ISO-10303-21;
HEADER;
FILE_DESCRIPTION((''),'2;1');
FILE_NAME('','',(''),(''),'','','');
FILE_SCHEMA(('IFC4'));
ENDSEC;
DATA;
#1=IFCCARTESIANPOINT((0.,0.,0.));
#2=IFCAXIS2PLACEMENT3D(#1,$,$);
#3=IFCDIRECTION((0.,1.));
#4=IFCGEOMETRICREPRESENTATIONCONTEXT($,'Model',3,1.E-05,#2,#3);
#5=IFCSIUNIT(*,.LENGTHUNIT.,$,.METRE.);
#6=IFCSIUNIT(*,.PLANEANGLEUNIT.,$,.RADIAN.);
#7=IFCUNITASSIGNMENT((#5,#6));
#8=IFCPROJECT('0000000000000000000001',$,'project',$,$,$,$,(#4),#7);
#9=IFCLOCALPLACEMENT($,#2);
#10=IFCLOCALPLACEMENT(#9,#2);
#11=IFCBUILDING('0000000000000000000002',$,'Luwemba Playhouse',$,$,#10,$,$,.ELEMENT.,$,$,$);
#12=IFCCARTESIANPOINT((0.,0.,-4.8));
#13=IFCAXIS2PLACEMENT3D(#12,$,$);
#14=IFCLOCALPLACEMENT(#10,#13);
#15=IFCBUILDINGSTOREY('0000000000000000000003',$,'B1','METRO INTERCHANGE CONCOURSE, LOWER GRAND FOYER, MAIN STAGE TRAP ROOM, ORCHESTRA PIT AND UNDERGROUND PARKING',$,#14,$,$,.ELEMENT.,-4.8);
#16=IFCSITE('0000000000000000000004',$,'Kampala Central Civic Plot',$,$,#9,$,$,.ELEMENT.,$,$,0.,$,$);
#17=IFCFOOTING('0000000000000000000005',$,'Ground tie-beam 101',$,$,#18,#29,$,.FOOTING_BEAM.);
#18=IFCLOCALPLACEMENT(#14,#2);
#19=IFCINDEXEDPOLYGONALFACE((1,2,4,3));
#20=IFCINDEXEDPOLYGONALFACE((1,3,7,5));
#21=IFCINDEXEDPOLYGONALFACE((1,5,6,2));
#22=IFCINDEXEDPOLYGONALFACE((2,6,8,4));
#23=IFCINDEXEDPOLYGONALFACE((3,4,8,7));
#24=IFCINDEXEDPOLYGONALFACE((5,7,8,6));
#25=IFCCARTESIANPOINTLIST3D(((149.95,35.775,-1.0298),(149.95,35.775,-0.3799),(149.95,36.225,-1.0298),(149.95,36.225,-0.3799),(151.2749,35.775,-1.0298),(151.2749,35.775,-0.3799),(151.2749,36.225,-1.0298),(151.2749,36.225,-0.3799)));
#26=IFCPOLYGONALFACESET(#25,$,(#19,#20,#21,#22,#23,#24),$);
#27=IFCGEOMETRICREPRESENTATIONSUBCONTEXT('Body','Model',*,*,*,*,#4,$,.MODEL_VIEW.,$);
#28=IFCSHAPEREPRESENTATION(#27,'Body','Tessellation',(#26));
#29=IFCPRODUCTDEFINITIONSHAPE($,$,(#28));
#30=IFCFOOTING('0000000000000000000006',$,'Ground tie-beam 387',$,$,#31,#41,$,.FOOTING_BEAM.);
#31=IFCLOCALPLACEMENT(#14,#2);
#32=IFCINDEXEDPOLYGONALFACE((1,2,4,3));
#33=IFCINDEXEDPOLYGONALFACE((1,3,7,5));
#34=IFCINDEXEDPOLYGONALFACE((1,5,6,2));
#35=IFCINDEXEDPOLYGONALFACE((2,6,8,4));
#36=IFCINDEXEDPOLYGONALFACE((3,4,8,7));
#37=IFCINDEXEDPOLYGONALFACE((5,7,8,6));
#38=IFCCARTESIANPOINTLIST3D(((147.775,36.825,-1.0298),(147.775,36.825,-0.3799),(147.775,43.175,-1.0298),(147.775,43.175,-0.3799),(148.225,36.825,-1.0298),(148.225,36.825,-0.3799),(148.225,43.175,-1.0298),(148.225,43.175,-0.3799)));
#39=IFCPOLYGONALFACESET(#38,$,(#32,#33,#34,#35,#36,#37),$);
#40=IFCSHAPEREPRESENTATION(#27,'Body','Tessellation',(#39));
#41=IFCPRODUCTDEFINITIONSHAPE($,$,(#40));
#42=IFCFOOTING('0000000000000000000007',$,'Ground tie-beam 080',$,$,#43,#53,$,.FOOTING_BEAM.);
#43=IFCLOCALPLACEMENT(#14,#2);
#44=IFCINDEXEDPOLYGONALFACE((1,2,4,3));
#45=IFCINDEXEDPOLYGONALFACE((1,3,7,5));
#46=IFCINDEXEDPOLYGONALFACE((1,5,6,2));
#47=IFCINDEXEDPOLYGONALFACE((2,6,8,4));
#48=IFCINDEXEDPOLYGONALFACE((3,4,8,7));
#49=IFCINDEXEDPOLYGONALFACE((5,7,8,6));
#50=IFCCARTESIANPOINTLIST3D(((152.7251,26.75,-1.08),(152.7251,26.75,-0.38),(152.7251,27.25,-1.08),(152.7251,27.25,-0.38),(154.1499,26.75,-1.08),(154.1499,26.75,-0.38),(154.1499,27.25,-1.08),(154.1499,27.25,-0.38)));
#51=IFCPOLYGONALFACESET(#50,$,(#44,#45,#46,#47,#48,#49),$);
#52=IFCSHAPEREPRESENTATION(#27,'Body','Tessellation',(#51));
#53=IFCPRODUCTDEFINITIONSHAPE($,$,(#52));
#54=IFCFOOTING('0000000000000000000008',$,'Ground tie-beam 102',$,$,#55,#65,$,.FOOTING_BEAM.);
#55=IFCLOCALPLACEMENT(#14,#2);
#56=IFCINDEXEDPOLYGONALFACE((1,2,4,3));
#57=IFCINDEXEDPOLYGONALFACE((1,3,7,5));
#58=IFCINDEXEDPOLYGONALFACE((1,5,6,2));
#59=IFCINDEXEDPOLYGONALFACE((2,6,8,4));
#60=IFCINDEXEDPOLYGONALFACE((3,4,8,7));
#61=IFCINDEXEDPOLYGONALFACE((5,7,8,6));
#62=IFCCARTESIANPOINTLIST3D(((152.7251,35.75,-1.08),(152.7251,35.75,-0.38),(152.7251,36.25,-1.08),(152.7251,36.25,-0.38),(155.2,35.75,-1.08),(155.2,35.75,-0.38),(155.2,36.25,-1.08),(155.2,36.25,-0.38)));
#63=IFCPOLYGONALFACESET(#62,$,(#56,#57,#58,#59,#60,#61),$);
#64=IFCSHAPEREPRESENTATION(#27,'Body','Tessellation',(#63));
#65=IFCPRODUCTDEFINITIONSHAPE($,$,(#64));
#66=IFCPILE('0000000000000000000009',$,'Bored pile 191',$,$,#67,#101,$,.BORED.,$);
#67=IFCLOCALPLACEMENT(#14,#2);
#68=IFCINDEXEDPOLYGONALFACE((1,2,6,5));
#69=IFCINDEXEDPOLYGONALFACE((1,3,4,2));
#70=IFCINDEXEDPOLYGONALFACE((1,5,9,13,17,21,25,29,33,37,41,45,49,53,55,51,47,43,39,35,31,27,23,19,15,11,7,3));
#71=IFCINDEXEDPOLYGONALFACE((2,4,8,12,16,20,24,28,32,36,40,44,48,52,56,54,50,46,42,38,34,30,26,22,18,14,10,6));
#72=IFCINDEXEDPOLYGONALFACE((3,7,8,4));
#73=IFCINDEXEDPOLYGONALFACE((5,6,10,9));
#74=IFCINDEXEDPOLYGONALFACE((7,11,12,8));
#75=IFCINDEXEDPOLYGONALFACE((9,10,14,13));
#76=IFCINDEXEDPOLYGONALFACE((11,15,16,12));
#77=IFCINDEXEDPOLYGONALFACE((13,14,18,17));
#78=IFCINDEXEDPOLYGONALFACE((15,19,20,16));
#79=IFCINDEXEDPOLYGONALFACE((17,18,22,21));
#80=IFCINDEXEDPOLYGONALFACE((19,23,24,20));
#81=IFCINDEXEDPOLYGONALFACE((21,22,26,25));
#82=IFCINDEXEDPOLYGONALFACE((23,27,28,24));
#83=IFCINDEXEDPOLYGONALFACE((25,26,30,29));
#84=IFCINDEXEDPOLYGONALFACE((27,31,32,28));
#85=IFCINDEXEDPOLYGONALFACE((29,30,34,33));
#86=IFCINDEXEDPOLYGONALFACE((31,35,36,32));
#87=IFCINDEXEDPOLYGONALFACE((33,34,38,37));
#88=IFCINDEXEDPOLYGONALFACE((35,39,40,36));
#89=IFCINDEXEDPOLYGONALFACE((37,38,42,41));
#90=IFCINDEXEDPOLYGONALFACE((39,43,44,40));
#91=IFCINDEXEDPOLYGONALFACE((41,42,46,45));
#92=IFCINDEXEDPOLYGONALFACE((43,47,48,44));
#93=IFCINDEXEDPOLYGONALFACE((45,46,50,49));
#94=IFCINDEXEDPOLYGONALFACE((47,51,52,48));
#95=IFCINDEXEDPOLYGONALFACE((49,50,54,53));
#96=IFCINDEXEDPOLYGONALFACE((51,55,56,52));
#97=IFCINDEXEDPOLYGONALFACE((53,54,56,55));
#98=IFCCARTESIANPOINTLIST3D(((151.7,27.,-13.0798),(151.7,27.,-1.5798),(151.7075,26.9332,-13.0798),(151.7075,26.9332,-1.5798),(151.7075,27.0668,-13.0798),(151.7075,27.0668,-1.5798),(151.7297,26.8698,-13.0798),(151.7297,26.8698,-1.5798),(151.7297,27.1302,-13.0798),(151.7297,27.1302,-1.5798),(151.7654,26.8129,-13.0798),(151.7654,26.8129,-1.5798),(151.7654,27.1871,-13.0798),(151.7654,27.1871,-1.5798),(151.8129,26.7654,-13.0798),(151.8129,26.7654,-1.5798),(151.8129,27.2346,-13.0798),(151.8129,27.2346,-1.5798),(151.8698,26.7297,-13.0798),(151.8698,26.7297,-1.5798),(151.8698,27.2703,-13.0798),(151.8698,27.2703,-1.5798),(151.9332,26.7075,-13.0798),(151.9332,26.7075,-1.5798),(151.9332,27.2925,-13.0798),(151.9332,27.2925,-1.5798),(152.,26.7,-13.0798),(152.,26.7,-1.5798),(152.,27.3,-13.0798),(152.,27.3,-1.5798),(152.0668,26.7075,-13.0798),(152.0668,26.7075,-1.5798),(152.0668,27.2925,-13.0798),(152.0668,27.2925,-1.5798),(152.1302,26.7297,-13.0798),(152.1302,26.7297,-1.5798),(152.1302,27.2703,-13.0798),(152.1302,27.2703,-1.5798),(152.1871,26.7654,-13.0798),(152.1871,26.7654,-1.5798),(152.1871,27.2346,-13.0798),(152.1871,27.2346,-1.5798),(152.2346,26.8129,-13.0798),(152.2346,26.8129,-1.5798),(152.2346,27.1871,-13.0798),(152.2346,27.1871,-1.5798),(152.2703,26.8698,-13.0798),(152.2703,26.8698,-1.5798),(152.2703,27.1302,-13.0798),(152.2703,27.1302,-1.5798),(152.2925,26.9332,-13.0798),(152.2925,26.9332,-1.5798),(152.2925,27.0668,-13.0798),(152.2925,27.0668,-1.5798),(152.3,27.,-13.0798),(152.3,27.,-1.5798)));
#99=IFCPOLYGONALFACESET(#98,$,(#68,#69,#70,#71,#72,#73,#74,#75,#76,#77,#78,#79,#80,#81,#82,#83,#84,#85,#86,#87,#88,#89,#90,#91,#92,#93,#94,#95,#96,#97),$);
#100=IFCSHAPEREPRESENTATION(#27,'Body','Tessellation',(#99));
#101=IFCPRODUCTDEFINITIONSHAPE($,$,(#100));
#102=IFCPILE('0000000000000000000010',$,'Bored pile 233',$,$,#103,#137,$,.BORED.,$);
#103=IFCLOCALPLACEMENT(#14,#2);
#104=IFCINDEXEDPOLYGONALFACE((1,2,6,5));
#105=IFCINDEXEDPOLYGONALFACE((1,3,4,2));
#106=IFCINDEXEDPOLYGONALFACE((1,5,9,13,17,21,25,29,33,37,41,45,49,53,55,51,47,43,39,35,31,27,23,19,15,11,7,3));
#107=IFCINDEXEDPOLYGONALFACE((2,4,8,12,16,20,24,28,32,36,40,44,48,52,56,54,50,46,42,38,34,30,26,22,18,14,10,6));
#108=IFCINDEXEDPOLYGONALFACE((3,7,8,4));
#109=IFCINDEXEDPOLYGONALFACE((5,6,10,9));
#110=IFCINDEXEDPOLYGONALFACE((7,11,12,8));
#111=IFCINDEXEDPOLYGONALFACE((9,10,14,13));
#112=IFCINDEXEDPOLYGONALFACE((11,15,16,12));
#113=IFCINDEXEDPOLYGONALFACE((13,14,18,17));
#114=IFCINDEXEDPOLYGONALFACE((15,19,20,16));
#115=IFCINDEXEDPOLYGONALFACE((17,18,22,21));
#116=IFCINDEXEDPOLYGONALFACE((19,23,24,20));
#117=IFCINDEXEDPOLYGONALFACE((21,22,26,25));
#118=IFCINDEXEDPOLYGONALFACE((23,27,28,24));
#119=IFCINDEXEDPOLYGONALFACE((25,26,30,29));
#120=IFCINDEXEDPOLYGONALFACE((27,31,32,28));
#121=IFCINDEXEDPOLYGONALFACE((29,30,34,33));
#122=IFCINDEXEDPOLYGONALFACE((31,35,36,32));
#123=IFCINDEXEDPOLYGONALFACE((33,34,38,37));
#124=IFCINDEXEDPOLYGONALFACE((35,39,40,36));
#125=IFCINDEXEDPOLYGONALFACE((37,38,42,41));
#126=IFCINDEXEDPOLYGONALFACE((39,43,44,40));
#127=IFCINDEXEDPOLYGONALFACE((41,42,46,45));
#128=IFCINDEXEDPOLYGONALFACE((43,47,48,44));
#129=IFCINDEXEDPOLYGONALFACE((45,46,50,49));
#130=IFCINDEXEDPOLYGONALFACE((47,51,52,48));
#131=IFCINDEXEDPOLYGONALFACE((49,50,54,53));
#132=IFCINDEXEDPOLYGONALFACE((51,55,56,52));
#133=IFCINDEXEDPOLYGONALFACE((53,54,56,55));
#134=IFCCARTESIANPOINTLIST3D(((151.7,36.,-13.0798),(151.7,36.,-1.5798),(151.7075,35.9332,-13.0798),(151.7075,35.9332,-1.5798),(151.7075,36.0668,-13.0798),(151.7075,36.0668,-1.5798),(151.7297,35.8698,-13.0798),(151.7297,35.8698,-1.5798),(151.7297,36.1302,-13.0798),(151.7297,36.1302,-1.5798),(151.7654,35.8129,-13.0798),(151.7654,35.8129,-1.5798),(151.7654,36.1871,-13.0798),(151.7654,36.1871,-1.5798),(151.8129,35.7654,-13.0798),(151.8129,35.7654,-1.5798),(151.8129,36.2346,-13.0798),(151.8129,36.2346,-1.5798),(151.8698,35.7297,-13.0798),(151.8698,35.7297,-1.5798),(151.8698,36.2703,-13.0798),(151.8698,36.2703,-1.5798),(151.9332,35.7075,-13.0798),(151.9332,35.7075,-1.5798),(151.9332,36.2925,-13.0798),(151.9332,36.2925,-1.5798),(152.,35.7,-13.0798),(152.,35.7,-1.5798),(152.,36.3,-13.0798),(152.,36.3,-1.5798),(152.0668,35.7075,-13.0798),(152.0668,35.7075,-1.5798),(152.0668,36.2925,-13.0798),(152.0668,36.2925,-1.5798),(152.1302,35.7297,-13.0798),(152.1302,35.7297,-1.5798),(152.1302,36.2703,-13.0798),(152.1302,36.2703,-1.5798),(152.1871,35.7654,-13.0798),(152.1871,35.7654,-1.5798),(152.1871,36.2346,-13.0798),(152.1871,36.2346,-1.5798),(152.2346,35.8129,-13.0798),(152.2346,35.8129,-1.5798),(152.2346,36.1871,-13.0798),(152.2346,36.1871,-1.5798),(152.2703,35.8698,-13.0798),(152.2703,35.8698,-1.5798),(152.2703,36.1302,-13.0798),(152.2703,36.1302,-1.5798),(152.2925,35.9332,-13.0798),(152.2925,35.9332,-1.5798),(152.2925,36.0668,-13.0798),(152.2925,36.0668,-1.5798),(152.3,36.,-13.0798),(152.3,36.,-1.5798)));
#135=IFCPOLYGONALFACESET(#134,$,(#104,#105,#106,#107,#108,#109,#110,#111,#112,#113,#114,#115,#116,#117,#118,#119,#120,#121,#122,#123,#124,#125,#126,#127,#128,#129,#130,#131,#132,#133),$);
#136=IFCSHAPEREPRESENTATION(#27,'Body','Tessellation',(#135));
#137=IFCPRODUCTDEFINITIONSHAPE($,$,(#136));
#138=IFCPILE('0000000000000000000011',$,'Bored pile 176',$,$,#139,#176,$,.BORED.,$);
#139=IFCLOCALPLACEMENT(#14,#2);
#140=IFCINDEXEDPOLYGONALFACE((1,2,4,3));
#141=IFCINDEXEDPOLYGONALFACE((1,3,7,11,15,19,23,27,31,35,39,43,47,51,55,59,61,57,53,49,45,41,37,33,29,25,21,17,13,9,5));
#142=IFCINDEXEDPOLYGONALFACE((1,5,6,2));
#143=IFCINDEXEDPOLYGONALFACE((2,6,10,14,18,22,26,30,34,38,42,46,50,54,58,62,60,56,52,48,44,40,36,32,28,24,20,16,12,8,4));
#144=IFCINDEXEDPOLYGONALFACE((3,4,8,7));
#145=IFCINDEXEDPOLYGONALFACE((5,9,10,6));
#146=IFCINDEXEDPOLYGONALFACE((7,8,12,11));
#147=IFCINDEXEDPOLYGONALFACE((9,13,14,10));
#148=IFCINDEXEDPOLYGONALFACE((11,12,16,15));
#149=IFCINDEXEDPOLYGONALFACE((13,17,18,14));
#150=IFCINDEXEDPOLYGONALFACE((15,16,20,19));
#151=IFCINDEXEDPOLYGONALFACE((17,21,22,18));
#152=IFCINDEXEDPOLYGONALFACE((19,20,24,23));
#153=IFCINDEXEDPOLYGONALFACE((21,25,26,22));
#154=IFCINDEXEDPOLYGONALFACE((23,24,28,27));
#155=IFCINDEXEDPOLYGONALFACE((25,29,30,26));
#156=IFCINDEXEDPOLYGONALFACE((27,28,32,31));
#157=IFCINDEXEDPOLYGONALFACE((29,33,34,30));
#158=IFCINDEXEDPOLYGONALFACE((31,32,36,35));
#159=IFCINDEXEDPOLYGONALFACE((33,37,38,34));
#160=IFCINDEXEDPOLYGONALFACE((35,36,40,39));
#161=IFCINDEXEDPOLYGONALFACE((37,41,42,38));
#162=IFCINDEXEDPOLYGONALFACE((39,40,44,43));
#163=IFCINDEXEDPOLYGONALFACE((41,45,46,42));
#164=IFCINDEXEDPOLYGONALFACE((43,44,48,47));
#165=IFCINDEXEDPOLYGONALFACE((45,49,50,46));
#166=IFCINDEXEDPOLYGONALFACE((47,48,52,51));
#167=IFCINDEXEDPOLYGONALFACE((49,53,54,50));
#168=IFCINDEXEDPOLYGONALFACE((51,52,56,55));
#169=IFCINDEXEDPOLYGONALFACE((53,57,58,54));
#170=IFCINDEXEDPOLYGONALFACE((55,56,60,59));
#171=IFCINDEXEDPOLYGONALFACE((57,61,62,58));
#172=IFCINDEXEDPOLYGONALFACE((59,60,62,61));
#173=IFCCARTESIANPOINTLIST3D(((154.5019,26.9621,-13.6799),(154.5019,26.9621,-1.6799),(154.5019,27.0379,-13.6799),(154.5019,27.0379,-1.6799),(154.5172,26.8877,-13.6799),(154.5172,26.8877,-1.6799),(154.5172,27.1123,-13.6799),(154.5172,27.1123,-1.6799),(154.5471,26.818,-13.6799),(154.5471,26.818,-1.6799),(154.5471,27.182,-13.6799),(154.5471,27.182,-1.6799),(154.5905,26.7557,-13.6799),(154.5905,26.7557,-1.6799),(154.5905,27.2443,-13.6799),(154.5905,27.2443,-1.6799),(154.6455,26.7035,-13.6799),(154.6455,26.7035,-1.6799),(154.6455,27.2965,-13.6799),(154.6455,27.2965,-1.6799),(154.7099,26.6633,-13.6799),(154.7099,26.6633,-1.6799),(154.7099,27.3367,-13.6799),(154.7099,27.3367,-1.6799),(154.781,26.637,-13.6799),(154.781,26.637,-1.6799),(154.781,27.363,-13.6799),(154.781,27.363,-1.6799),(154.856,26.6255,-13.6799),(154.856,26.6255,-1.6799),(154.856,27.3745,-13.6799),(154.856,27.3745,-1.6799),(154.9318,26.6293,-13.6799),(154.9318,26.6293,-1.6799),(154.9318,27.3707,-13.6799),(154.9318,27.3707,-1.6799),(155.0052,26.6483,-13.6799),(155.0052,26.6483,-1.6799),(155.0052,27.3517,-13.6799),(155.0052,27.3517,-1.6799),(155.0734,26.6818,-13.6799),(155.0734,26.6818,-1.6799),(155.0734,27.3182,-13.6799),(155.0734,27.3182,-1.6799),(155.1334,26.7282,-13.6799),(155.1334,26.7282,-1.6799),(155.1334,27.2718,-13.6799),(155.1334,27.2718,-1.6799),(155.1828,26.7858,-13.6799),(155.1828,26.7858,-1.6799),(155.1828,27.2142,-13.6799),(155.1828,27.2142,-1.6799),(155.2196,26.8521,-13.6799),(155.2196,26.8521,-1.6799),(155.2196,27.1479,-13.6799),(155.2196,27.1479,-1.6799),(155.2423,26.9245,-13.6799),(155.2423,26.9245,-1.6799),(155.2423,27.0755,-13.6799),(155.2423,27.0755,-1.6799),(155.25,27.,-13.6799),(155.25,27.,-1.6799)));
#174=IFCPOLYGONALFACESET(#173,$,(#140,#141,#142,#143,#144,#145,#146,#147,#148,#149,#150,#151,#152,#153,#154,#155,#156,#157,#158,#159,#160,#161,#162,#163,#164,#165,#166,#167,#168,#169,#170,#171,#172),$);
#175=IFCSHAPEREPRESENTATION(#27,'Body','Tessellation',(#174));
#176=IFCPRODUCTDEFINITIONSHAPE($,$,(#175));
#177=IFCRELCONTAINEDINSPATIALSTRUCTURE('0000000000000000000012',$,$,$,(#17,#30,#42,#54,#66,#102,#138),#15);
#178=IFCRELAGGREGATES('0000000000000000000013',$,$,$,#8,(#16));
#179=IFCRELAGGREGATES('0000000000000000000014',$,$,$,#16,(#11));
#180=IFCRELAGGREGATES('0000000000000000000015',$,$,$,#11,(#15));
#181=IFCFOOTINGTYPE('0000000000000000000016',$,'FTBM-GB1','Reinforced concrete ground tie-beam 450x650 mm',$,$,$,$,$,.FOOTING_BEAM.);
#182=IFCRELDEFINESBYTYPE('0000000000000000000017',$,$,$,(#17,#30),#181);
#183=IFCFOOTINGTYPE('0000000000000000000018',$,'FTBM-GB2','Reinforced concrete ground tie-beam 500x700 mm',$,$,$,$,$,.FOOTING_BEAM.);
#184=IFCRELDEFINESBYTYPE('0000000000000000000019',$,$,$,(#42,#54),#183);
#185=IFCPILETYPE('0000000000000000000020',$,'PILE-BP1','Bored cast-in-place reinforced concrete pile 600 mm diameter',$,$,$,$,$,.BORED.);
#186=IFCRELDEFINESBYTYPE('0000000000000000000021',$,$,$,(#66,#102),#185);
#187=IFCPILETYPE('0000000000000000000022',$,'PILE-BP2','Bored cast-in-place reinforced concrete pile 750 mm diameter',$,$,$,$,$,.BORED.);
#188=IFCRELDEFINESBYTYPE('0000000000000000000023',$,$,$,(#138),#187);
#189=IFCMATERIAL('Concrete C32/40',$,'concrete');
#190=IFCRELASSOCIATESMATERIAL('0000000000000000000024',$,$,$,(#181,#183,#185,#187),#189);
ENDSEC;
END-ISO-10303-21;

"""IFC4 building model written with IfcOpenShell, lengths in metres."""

from ifc_helpers import new_model, si_unit, direction, frame, origin, origin_2d, place, context, subcontext, project, spatial, rectangle, circle, extrude, material, material_profile, profile_set, type_object, element, save


model = new_model("IFC4")

# Units and contexts
model_context = context("Model", 3, precision=1e-05, world=origin(), true_north=direction((0.0, 1.0)))
body_context = subcontext(model_context, "Body", "Model", "MODEL_VIEW")
ifc_project = project(units=[si_unit("LENGTHUNIT", "METRE"), si_unit("PLANEANGLEUNIT", "RADIAN")], contexts=[model_context])

# Site, building, storey
site_placement = place(None, origin())
site = spatial("IfcSite", under=ifc_project, at=site_placement, Name="Kampala Central Civic Plot", CompositionType="ELEMENT", RefElevation=0.0)
building_placement = place(site_placement, origin())
building = spatial("IfcBuilding", under=site, at=building_placement, Name="Luwemba Playhouse", CompositionType="ELEMENT")
storey_placement = place(building_placement, frame((0.0, 0.0, -4.8)))
storey = spatial("IfcBuildingStorey", under=building, at=storey_placement, Name="B1", Description="METRO INTERCHANGE CONCOURSE, LOWER GRAND FOYER, MAIN STAGE TRAP ROOM, ORCHESTRA PIT AND UNDERGROUND PARKING", CompositionType="ELEMENT", Elevation=-4.8)

# Footings
ifc_material_1 = material(Name="Concrete C32/40", Category="concrete")
ifc_material_profile_1 = material_profile(ifc_material_1, rectangle(XDim=0.45, YDim=0.6499, at=origin_2d()))
ifc_profile_set_1 = profile_set([ifc_material_profile_1], Name="Concrete C32/40")
footing_type_1 = type_object("IfcFootingType", Name="FTBM-GB1", Description="Reinforced concrete ground tie-beam 450x650 mm", PredefinedType="FOOTING_BEAM", material=ifc_profile_set_1)
footing_1_placement = place(storey_placement, frame((149.95, 36.0, -0.7048), z_axis=(1.0, 0.0, 0.0), x_axis=(0.0, 1.0, 0.0)))
element("IfcFooting", 1, at=footing_1_placement, inside=storey, type_object=footing_type_1, Name="Ground tie-beam 101", PredefinedType="FOOTING_BEAM", context=body_context, shape_type="SweptSolid", body=[
    extrude(rectangle(XDim=0.45, YDim=0.6499, at=origin_2d()), origin(), (0.0, 0.0, 1.0), 1.325),
])
footing_2_placement = place(storey_placement, frame((148.0, 36.825, -0.7048), z_axis=(0.0, 1.0, 0.0), x_axis=(-1.0, 0.0, 0.0)))
element("IfcFooting", 2, at=footing_2_placement, inside=storey, type_object=footing_type_1, Name="Ground tie-beam 387", PredefinedType="FOOTING_BEAM", context=body_context, shape_type="SweptSolid", body=[
    extrude(rectangle(XDim=0.45, YDim=0.6499, at=origin_2d()), origin(), (0.0, 0.0, 1.0), 6.3501),
])
ifc_material_profile_2 = material_profile(ifc_material_1, rectangle(XDim=0.5, YDim=0.7, at=origin_2d()))
ifc_profile_set_2 = profile_set([ifc_material_profile_2], Name="Concrete C32/40")
footing_type_2 = type_object("IfcFootingType", Name="FTBM-GB2", Description="Reinforced concrete ground tie-beam 500x700 mm", PredefinedType="FOOTING_BEAM", material=ifc_profile_set_2)
footing_3_placement = place(storey_placement, frame((152.7251, 27.0, -0.73), z_axis=(1.0, 0.0, 0.0), x_axis=(0.0, 1.0, 0.0)))
element("IfcFooting", 3, at=footing_3_placement, inside=storey, type_object=footing_type_2, Name="Ground tie-beam 080", PredefinedType="FOOTING_BEAM", context=body_context, shape_type="SweptSolid", body=[
    extrude(rectangle(XDim=0.5, YDim=0.7, at=origin_2d()), origin(), (0.0, 0.0, 1.0), 1.4248),
])
footing_4_placement = place(storey_placement, frame((152.7251, 36.0, -0.73), z_axis=(1.0, 0.0, 0.0), x_axis=(0.0, 1.0, 0.0)))
element("IfcFooting", 4, at=footing_4_placement, inside=storey, type_object=footing_type_2, Name="Ground tie-beam 102", PredefinedType="FOOTING_BEAM", context=body_context, shape_type="SweptSolid", body=[
    extrude(rectangle(XDim=0.5, YDim=0.7, at=origin_2d()), origin(), (0.0, 0.0, 1.0), 2.4749),
])

# Piles
ifc_material_profile_3 = material_profile(ifc_material_1, circle(Radius=0.3, at=origin_2d()))
ifc_profile_set_3 = profile_set([ifc_material_profile_3], Name="Concrete C32/40")
pile_type_1 = type_object("IfcPileType", Name="PILE-BP1", Description="Bored cast-in-place reinforced concrete pile 600 mm diameter", PredefinedType="BORED", material=ifc_profile_set_3)
for number, where, z_axis, x_axis, name in (
    (5, (152.0, 27.0, -1.5798), (0.0, 0.0, -1.0), (1.0, 0.0, 0.0), "Bored pile 191"),
    (6, (152.0, 36.0, -1.5798), (0.0, 0.0, -1.0), (1.0, 0.0, 0.0), "Bored pile 233"),
):
    element("IfcPile", number, at=place(storey_placement, frame(where, z_axis=z_axis, x_axis=x_axis)), inside=storey, type_object=pile_type_1, Name=name, PredefinedType="BORED", context=body_context, shape_type="SweptSolid", body=[
        extrude(circle(Radius=0.3, at=origin_2d()), origin(), (0.0, 0.0, 1.0), 11.5),
    ])
ifc_material_profile_4 = material_profile(ifc_material_1, circle(Radius=0.375, at=origin_2d()))
ifc_profile_set_4 = profile_set([ifc_material_profile_4], Name="Concrete C32/40")
pile_type_2 = type_object("IfcPileType", Name="PILE-BP2", Description="Bored cast-in-place reinforced concrete pile 750 mm diameter", PredefinedType="BORED", material=ifc_profile_set_4)
pile_1_placement = place(storey_placement, frame((154.875, 27.0, -1.6799), z_axis=(0.0, 0.0, -1.0), x_axis=(1.0, 0.0, 0.0)))
element("IfcPile", 7, at=pile_1_placement, inside=storey, type_object=pile_type_2, Name="Bored pile 176", PredefinedType="BORED", context=body_context, shape_type="SweptSolid", body=[
    extrude(circle(Radius=0.375, at=origin_2d()), origin(), (0.0, 0.0, 1.0), 12.0),
])

save(model, "model.ifc")
